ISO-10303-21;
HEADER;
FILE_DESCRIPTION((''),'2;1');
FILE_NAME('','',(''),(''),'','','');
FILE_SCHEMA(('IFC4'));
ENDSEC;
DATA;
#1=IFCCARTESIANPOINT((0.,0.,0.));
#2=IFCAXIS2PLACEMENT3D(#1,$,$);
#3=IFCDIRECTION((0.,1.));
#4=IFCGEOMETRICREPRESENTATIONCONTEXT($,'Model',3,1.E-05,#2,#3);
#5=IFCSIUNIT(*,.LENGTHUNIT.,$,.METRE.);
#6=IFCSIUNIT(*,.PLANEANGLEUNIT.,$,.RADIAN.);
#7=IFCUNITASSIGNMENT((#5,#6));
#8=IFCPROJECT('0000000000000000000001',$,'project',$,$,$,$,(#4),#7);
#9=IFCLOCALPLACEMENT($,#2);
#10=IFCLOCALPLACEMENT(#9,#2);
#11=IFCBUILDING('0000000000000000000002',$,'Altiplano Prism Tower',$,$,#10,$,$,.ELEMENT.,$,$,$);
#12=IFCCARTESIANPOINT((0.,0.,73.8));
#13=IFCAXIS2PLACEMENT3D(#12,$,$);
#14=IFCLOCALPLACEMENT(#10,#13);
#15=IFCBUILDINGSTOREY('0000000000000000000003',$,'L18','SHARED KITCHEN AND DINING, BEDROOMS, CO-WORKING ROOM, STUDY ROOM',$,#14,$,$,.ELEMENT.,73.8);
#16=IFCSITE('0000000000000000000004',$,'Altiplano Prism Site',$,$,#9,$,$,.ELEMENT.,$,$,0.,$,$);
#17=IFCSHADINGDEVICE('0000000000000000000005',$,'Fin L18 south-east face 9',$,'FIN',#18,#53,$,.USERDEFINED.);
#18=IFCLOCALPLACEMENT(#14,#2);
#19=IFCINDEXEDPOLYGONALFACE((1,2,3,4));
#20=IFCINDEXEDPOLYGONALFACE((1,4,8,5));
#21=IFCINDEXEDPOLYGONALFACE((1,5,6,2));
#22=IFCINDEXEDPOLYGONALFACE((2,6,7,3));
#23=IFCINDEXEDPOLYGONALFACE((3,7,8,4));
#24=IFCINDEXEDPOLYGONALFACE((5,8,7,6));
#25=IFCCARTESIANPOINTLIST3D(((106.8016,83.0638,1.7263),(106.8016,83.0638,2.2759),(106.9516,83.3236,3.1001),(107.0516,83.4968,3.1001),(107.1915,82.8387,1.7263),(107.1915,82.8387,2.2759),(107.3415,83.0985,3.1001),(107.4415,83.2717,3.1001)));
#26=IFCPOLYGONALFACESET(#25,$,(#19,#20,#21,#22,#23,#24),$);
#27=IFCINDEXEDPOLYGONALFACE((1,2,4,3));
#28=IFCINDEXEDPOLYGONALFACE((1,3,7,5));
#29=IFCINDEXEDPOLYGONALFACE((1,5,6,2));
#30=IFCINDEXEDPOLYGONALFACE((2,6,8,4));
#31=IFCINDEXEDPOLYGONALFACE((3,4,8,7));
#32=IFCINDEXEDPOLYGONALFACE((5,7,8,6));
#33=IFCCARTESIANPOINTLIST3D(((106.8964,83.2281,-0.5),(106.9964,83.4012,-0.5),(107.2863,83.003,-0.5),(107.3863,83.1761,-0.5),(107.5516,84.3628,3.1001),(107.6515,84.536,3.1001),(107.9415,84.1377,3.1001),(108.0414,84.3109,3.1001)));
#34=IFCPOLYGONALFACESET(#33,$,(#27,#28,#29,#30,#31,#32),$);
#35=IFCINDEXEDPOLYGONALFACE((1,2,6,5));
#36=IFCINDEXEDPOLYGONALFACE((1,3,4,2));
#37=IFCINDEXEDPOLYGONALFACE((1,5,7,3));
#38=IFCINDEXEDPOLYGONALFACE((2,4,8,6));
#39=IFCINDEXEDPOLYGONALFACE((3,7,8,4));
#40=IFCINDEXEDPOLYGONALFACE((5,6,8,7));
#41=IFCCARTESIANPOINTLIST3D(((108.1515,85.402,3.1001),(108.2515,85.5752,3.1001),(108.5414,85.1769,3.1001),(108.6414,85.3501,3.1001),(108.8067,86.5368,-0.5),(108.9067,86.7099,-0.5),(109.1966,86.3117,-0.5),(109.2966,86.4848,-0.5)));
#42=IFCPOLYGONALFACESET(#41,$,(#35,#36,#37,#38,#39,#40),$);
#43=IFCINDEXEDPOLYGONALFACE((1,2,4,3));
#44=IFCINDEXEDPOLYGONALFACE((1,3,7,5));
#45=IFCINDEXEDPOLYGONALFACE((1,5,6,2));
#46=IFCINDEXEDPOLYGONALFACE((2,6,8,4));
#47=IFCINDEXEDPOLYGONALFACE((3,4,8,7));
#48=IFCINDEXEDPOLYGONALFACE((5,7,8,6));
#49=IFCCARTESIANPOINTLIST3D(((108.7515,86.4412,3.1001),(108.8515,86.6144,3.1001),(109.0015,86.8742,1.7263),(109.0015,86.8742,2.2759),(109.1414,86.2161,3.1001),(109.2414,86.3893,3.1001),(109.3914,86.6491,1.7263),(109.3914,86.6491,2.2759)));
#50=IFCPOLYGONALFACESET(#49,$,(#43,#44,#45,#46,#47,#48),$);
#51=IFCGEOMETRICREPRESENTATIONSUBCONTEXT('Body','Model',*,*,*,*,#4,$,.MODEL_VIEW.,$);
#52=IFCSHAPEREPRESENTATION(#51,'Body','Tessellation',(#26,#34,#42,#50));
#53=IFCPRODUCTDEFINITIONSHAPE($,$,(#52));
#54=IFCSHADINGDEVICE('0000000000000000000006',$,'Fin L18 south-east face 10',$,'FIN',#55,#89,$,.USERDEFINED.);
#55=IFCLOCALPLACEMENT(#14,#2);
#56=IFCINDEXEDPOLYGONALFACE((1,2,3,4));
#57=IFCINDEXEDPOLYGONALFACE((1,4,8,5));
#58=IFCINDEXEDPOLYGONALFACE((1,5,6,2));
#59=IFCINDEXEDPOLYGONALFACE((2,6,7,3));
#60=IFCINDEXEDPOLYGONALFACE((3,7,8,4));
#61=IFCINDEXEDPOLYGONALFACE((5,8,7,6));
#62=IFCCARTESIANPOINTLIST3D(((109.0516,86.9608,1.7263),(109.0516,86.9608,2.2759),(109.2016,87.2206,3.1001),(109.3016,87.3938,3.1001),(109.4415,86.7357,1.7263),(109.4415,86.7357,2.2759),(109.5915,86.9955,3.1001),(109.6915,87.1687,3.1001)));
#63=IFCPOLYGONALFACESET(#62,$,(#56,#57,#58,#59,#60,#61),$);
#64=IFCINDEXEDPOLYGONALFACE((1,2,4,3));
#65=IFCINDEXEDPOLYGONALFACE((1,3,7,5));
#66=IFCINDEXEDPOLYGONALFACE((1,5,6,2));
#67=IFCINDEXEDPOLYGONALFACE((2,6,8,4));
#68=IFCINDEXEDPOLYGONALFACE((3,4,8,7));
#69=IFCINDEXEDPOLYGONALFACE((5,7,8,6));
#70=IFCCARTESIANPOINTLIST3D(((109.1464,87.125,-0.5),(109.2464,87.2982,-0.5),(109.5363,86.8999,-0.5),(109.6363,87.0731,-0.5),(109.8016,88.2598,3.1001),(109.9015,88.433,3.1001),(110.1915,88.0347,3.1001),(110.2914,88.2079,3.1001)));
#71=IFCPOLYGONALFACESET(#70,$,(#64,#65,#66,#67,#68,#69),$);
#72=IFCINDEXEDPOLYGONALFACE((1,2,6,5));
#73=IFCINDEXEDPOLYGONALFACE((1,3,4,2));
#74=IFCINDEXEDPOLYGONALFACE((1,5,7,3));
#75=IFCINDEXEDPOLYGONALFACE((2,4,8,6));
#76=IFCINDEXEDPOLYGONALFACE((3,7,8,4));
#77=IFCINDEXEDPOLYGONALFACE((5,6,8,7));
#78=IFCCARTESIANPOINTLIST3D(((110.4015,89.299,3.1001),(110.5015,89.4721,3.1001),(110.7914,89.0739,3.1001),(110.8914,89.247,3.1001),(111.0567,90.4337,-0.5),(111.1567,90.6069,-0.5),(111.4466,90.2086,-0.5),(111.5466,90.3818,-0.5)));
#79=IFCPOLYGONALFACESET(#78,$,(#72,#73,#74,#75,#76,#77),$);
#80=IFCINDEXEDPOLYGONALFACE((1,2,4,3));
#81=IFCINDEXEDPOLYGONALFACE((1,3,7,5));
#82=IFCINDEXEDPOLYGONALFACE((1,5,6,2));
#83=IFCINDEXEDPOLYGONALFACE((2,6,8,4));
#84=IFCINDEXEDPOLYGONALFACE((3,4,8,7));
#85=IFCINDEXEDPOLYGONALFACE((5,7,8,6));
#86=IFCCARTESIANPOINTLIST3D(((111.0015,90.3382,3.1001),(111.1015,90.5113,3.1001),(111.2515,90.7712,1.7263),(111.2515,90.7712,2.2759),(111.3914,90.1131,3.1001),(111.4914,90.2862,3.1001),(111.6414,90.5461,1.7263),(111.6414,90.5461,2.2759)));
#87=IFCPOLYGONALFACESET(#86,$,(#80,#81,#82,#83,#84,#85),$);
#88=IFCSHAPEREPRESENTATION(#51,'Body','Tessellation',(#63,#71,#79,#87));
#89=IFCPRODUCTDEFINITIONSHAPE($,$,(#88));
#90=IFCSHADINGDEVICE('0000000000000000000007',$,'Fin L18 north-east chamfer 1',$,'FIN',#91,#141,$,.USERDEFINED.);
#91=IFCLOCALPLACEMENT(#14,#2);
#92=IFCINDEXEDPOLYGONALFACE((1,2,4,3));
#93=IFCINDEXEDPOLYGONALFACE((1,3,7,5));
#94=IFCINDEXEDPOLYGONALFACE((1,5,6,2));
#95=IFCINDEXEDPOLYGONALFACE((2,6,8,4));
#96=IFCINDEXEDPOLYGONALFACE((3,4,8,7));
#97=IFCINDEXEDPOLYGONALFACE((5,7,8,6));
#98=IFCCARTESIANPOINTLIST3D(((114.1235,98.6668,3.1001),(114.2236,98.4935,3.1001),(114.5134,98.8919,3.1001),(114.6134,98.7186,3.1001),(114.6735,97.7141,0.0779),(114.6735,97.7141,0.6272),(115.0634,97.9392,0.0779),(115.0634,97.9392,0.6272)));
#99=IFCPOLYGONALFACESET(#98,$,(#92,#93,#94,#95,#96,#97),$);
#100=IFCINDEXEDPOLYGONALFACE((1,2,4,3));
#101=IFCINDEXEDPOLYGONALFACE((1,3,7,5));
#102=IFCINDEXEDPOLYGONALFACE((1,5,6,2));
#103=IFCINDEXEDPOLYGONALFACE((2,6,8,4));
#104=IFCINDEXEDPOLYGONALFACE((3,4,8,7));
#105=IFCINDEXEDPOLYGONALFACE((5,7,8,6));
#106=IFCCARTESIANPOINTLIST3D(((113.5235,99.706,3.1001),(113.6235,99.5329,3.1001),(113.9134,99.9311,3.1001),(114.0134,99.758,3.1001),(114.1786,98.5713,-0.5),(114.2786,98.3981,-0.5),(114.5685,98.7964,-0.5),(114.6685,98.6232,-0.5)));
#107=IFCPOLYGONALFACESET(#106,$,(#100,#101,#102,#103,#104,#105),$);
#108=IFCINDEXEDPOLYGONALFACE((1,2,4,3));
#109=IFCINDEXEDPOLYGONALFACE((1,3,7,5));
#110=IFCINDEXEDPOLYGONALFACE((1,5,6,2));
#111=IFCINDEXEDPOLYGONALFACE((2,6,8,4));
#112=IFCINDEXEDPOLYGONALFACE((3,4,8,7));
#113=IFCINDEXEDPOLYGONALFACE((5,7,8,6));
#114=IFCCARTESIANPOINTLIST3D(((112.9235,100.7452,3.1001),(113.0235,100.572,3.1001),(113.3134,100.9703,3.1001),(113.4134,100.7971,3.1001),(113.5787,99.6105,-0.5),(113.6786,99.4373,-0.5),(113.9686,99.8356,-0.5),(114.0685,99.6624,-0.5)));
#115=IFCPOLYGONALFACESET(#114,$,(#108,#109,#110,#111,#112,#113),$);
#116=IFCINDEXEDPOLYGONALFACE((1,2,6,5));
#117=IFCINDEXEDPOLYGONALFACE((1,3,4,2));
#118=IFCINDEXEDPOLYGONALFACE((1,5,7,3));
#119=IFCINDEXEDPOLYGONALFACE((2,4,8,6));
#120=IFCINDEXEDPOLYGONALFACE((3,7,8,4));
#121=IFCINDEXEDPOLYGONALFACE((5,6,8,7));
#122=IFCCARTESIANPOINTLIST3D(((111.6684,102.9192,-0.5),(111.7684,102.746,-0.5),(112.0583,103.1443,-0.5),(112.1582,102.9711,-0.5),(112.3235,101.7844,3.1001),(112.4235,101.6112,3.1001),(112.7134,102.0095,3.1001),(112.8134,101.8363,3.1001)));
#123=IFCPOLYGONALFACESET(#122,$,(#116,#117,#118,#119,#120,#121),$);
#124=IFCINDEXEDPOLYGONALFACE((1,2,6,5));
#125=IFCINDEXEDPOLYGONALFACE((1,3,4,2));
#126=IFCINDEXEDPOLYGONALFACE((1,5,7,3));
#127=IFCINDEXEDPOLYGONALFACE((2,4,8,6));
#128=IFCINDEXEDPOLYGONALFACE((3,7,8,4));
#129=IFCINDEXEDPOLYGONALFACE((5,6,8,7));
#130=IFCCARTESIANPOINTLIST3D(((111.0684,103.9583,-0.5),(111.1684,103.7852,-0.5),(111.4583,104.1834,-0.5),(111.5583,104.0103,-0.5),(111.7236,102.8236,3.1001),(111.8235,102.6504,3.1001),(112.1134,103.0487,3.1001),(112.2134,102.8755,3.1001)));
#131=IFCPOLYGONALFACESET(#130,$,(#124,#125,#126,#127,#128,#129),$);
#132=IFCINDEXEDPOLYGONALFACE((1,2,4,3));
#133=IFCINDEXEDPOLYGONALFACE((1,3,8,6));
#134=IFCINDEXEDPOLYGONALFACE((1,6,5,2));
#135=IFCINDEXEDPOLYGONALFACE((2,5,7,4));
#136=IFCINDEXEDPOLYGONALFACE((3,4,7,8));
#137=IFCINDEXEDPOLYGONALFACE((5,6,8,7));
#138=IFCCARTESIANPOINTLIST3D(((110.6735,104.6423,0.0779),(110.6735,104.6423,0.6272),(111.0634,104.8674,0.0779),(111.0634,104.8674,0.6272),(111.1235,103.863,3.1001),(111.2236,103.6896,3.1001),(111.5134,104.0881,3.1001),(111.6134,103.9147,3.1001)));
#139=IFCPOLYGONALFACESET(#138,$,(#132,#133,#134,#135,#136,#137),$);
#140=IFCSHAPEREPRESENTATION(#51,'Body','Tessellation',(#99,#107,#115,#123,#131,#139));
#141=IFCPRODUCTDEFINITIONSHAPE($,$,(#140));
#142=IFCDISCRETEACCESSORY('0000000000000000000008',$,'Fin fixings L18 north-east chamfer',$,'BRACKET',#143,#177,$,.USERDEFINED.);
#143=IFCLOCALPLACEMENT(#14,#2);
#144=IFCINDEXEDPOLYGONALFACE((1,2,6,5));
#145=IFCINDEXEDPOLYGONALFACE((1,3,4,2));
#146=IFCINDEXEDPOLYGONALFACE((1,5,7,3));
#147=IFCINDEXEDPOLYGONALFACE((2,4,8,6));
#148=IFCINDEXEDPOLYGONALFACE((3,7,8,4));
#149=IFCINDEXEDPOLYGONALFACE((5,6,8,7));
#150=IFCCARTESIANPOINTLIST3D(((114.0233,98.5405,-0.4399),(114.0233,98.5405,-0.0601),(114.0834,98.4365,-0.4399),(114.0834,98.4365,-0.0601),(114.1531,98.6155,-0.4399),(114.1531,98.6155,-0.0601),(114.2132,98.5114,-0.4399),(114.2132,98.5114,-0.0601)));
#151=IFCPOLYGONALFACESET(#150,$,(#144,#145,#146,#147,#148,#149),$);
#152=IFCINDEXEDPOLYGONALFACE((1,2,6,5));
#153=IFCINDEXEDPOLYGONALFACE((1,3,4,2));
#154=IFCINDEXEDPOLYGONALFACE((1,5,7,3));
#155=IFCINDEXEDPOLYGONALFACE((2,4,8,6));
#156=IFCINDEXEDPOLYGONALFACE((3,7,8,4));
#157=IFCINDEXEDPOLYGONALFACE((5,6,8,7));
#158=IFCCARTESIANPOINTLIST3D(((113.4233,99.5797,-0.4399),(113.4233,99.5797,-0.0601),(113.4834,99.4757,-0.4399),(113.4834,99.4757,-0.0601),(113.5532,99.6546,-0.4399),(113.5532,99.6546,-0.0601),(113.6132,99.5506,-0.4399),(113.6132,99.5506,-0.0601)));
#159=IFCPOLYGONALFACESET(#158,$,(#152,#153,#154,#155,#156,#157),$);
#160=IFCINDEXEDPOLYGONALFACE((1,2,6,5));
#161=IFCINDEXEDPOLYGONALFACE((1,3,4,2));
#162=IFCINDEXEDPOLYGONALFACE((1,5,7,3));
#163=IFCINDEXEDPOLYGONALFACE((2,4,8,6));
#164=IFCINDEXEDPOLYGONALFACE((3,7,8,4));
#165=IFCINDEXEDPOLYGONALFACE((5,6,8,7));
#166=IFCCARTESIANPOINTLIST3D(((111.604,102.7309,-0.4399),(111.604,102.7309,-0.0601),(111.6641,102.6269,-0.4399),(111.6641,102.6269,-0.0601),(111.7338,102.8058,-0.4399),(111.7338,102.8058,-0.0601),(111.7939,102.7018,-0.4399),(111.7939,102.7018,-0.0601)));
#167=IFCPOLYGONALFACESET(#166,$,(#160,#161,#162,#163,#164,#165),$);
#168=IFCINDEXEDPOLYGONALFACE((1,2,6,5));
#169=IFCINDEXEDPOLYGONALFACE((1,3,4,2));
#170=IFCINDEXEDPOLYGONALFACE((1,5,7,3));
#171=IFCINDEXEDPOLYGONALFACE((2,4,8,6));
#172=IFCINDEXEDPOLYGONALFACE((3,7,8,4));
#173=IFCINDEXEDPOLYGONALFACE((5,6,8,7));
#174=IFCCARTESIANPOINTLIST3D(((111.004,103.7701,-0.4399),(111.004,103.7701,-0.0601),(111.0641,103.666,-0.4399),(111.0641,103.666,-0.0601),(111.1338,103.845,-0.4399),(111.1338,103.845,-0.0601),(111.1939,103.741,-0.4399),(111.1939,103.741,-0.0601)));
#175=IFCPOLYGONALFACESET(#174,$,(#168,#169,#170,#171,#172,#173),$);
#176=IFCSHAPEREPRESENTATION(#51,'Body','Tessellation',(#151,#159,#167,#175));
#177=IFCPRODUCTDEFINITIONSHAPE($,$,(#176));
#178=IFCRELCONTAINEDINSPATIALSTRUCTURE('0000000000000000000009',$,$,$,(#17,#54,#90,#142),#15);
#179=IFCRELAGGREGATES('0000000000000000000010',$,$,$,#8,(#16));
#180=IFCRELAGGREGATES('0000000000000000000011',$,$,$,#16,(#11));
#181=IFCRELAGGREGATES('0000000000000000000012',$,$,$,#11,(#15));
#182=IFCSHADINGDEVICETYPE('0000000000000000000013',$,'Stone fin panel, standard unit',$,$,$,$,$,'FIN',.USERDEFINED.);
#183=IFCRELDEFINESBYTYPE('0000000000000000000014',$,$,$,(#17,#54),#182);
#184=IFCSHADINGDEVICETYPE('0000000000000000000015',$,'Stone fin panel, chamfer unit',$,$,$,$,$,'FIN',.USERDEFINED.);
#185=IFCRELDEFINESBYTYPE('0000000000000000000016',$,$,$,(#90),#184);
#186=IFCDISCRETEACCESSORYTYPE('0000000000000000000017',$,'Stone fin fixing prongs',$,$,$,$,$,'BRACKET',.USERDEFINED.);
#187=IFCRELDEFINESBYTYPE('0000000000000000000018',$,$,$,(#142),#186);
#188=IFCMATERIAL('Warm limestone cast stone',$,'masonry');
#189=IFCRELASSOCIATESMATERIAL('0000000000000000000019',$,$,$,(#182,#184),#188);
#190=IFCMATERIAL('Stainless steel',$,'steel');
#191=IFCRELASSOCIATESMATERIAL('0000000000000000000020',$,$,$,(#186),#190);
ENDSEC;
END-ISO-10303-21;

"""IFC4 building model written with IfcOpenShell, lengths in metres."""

from ifc_helpers import new_model, si_unit, direction, frame, origin, place, context, subcontext, project, spatial, polyline, outline, extrude, source, transform, mapped, material, type_object, element, save


model = new_model("IFC4")

# Units and contexts
model_context = context("Model", 3, precision=1e-05, world=origin(), true_north=direction((0.0, 1.0)))
body_context = subcontext(model_context, "Body", "Model", "MODEL_VIEW")
ifc_project = project(units=[si_unit("LENGTHUNIT", "METRE"), si_unit("PLANEANGLEUNIT", "RADIAN")], contexts=[model_context])

# Site, building, storey
site_placement = place(None, origin())
site = spatial("IfcSite", under=ifc_project, at=site_placement, Name="Altiplano Prism Site", CompositionType="ELEMENT", RefElevation=0.0)
building_placement = place(site_placement, origin())
building = spatial("IfcBuilding", under=site, at=building_placement, Name="Altiplano Prism Tower", CompositionType="ELEMENT")
storey_placement = place(building_placement, frame((0.0, 0.0, 73.8)))
storey = spatial("IfcBuildingStorey", under=building, at=storey_placement, Name="L18", Description="SHARED KITCHEN AND DINING, BEDROOMS, CO-WORKING ROOM, STUDY ROOM", CompositionType="ELEMENT", Elevation=73.8)

# Shading devices
ifc_material_1 = material(Name="Warm limestone cast stone", Category="masonry")
shading_device_type_1 = type_object("IfcShadingDeviceType", Name="Stone fin panel, standard unit", ElementType="FIN", PredefinedType="USERDEFINED", material=ifc_material_1)
shared_shape_1 = source(origin(), body_context, "Body", "SweptSolid", [
    extrude(outline(polyline([(-2.2, 2.2263), (-1.7, 3.6001), (-1.8999, 3.6001), (-2.2, 2.7759), (-2.2, 2.2263)])), frame((0.0, -0.1499, 0.0), z_axis=(0.0, -1.0, 0.0), x_axis=(1.0, 0.0, 0.0)), (0.0, 0.0, 1.0), 0.4502),
    extrude(outline(polyline([(-2.0103, 0.0), (-1.8103, 0.0), (-0.5, 3.6001), (-0.7, 3.6001), (-2.0103, 0.0)])), frame((0.0, -0.1499, 0.0), z_axis=(0.0, -1.0, 0.0), x_axis=(1.0, 0.0, 0.0)), (0.0, 0.0, 1.0), 0.4502),
    extrude(outline(polyline([(1.8103, 0.0), (2.0103, 0.0), (0.7, 3.6001), (0.5, 3.6001), (1.8103, 0.0)])), frame((0.0, -0.1499, 0.0), z_axis=(0.0, -1.0, 0.0), x_axis=(1.0, 0.0, 0.0)), (0.0, 0.0, 1.0), 0.4502),
    extrude(outline(polyline([(2.2, 2.7759), (1.8999, 3.6001), (1.7, 3.6001), (2.2, 2.2263), (2.2, 2.7759)])), frame((0.0, -0.1499, 0.0), z_axis=(0.0, -1.0, 0.0), x_axis=(1.0, 0.0, 0.0)), (0.0, 0.0, 1.0), 0.4502),
])
shading_device_1_placement = place(storey_placement, origin())
element("IfcShadingDevice", 1, at=shading_device_1_placement, inside=storey, type_object=shading_device_type_1, Name="Fin L18 south-east face 9", ObjectType="FIN", PredefinedType="USERDEFINED", context=body_context, shape_type="MappedRepresentation", body=[
    mapped(shared_shape_1, transform((107.7717, 85.0439, -0.5), x_axis=(0.5, 0.866025, 0.0), y_axis=(-0.866025, 0.5, 0.0), z_axis=(0.0, 0.0, 1.0))),
])
shading_device_2_placement = place(storey_placement, origin())
element("IfcShadingDevice", 2, at=shading_device_2_placement, inside=storey, type_object=shading_device_type_1, Name="Fin L18 south-east face 10", ObjectType="FIN", PredefinedType="USERDEFINED", context=body_context, shape_type="MappedRepresentation", body=[
    mapped(shared_shape_1, transform((110.0217, 88.9409, -0.5), x_axis=(0.5, 0.866025, 0.0), y_axis=(-0.866025, 0.5, 0.0), z_axis=(0.0, 0.0, 1.0))),
])
shading_device_type_2 = type_object("IfcShadingDeviceType", Name="Stone fin panel, chamfer unit", ElementType="FIN", PredefinedType="USERDEFINED", material=ifc_material_1)
shared_shape_2 = source(origin(), body_context, "Body", "SweptSolid", [
    extrude(outline(polyline([(-4.0, 0.5779), (-2.8999, 3.6001), (-3.1001, 3.6001), (-4.0, 1.1272), (-4.0, 0.5779)])), frame((0.0, -0.1499, 0.0), z_axis=(0.0, -1.0, 0.0), x_axis=(1.0, 0.0, 0.0)), (0.0, 0.0, 1.0), 0.4502),
    extrude(outline(polyline([(-3.2102, 0.0), (-3.0103, 0.0), (-1.7, 3.6001), (-1.8999, 3.6001), (-3.2102, 0.0)])), frame((0.0, -0.1499, 0.0), z_axis=(0.0, -1.0, 0.0), x_axis=(1.0, 0.0, 0.0)), (0.0, 0.0, 1.0), 0.4502),
    extrude(outline(polyline([(-2.0103, 0.0), (-1.8103, 0.0), (-0.5, 3.6001), (-0.7, 3.6001), (-2.0103, 0.0)])), frame((0.0, -0.1499, 0.0), z_axis=(0.0, -1.0, 0.0), x_axis=(1.0, 0.0, 0.0)), (0.0, 0.0, 1.0), 0.4502),
    extrude(outline(polyline([(1.8103, 0.0), (2.0103, 0.0), (0.7, 3.6001), (0.5, 3.6001), (1.8103, 0.0)])), frame((0.0, -0.1499, 0.0), z_axis=(0.0, -1.0, 0.0), x_axis=(1.0, 0.0, 0.0)), (0.0, 0.0, 1.0), 0.4502),
    extrude(outline(polyline([(3.0103, 0.0), (3.2102, 0.0), (1.8999, 3.6001), (1.7, 3.6001), (3.0103, 0.0)])), frame((0.0, -0.1499, 0.0), z_axis=(0.0, -1.0, 0.0), x_axis=(1.0, 0.0, 0.0)), (0.0, 0.0, 1.0), 0.4502),
    extrude(outline(polyline([(4.0, 1.1272), (3.1001, 3.6001), (2.8999, 3.6001), (4.0, 0.5779), (4.0, 1.1272)])), frame((0.0, -0.1499, 0.0), z_axis=(0.0, -1.0, 0.0), x_axis=(1.0, 0.0, 0.0)), (0.0, 0.0, 1.0), 0.4502),
])
shading_device_3_placement = place(storey_placement, origin())
element("IfcShadingDevice", 3, at=shading_device_3_placement, inside=storey, type_object=shading_device_type_2, Name="Fin L18 north-east chamfer 1", ObjectType="FIN", PredefinedType="USERDEFINED", context=body_context, shape_type="MappedRepresentation", body=[
    mapped(shared_shape_2, transform((112.5437, 101.1033, -0.5), x_axis=(-0.5, 0.866025, 0.0), y_axis=(-0.866025, -0.5, 0.0), z_axis=(0.0, 0.0, 1.0))),
])

# Discrete accessory
ifc_material_2 = material(Name="Stainless steel", Category="steel")
discrete_accessory_type = type_object("IfcDiscreteAccessoryType", Name="Stone fin fixing prongs", ElementType="BRACKET", PredefinedType="USERDEFINED", material=ifc_material_2)
shared_shape_3 = source(origin(), body_context, "Body", "SweptSolid", [
    extrude(outline(polyline([(-3.0793, 0.0601), (-2.9592, 0.0601), (-2.9592, 0.4399), (-3.0793, 0.4399), (-3.0793, 0.0601)])), frame((0.0, 0.0, 0.0), z_axis=(0.0, -1.0, 0.0), x_axis=(1.0, 0.0, 0.0)), (0.0, 0.0, 1.0), 0.1499),
    extrude(outline(polyline([(-1.8794, 0.0601), (-1.7593, 0.0601), (-1.7593, 0.4399), (-1.8794, 0.4399), (-1.8794, 0.0601)])), frame((0.0, 0.0, 0.0), z_axis=(0.0, -1.0, 0.0), x_axis=(1.0, 0.0, 0.0)), (0.0, 0.0, 1.0), 0.1499),
    extrude(outline(polyline([(1.7593, 0.0601), (1.8794, 0.0601), (1.8794, 0.4399), (1.7593, 0.4399), (1.7593, 0.0601)])), frame((0.0, 0.0, 0.0), z_axis=(0.0, -1.0, 0.0), x_axis=(1.0, 0.0, 0.0)), (0.0, 0.0, 1.0), 0.1499),
    extrude(outline(polyline([(2.9592, 0.0601), (3.0793, 0.0601), (3.0793, 0.4399), (2.9592, 0.4399), (2.9592, 0.0601)])), frame((0.0, 0.0, 0.0), z_axis=(0.0, -1.0, 0.0), x_axis=(1.0, 0.0, 0.0)), (0.0, 0.0, 1.0), 0.1499),
])
discrete_accessory_1_placement = place(storey_placement, origin())
element("IfcDiscreteAccessory", 4, at=discrete_accessory_1_placement, inside=storey, type_object=discrete_accessory_type, Name="Fin fixings L18 north-east chamfer", ObjectType="BRACKET", PredefinedType="USERDEFINED", context=body_context, shape_type="MappedRepresentation", body=[
    mapped(shared_shape_3, transform((112.5437, 101.1033, -0.5), x_axis=(-0.5, 0.866025, 0.0), y_axis=(-0.866025, -0.5, 0.0), z_axis=(0.0, 0.0, 1.0))),
])

save(model, "model.ifc")
